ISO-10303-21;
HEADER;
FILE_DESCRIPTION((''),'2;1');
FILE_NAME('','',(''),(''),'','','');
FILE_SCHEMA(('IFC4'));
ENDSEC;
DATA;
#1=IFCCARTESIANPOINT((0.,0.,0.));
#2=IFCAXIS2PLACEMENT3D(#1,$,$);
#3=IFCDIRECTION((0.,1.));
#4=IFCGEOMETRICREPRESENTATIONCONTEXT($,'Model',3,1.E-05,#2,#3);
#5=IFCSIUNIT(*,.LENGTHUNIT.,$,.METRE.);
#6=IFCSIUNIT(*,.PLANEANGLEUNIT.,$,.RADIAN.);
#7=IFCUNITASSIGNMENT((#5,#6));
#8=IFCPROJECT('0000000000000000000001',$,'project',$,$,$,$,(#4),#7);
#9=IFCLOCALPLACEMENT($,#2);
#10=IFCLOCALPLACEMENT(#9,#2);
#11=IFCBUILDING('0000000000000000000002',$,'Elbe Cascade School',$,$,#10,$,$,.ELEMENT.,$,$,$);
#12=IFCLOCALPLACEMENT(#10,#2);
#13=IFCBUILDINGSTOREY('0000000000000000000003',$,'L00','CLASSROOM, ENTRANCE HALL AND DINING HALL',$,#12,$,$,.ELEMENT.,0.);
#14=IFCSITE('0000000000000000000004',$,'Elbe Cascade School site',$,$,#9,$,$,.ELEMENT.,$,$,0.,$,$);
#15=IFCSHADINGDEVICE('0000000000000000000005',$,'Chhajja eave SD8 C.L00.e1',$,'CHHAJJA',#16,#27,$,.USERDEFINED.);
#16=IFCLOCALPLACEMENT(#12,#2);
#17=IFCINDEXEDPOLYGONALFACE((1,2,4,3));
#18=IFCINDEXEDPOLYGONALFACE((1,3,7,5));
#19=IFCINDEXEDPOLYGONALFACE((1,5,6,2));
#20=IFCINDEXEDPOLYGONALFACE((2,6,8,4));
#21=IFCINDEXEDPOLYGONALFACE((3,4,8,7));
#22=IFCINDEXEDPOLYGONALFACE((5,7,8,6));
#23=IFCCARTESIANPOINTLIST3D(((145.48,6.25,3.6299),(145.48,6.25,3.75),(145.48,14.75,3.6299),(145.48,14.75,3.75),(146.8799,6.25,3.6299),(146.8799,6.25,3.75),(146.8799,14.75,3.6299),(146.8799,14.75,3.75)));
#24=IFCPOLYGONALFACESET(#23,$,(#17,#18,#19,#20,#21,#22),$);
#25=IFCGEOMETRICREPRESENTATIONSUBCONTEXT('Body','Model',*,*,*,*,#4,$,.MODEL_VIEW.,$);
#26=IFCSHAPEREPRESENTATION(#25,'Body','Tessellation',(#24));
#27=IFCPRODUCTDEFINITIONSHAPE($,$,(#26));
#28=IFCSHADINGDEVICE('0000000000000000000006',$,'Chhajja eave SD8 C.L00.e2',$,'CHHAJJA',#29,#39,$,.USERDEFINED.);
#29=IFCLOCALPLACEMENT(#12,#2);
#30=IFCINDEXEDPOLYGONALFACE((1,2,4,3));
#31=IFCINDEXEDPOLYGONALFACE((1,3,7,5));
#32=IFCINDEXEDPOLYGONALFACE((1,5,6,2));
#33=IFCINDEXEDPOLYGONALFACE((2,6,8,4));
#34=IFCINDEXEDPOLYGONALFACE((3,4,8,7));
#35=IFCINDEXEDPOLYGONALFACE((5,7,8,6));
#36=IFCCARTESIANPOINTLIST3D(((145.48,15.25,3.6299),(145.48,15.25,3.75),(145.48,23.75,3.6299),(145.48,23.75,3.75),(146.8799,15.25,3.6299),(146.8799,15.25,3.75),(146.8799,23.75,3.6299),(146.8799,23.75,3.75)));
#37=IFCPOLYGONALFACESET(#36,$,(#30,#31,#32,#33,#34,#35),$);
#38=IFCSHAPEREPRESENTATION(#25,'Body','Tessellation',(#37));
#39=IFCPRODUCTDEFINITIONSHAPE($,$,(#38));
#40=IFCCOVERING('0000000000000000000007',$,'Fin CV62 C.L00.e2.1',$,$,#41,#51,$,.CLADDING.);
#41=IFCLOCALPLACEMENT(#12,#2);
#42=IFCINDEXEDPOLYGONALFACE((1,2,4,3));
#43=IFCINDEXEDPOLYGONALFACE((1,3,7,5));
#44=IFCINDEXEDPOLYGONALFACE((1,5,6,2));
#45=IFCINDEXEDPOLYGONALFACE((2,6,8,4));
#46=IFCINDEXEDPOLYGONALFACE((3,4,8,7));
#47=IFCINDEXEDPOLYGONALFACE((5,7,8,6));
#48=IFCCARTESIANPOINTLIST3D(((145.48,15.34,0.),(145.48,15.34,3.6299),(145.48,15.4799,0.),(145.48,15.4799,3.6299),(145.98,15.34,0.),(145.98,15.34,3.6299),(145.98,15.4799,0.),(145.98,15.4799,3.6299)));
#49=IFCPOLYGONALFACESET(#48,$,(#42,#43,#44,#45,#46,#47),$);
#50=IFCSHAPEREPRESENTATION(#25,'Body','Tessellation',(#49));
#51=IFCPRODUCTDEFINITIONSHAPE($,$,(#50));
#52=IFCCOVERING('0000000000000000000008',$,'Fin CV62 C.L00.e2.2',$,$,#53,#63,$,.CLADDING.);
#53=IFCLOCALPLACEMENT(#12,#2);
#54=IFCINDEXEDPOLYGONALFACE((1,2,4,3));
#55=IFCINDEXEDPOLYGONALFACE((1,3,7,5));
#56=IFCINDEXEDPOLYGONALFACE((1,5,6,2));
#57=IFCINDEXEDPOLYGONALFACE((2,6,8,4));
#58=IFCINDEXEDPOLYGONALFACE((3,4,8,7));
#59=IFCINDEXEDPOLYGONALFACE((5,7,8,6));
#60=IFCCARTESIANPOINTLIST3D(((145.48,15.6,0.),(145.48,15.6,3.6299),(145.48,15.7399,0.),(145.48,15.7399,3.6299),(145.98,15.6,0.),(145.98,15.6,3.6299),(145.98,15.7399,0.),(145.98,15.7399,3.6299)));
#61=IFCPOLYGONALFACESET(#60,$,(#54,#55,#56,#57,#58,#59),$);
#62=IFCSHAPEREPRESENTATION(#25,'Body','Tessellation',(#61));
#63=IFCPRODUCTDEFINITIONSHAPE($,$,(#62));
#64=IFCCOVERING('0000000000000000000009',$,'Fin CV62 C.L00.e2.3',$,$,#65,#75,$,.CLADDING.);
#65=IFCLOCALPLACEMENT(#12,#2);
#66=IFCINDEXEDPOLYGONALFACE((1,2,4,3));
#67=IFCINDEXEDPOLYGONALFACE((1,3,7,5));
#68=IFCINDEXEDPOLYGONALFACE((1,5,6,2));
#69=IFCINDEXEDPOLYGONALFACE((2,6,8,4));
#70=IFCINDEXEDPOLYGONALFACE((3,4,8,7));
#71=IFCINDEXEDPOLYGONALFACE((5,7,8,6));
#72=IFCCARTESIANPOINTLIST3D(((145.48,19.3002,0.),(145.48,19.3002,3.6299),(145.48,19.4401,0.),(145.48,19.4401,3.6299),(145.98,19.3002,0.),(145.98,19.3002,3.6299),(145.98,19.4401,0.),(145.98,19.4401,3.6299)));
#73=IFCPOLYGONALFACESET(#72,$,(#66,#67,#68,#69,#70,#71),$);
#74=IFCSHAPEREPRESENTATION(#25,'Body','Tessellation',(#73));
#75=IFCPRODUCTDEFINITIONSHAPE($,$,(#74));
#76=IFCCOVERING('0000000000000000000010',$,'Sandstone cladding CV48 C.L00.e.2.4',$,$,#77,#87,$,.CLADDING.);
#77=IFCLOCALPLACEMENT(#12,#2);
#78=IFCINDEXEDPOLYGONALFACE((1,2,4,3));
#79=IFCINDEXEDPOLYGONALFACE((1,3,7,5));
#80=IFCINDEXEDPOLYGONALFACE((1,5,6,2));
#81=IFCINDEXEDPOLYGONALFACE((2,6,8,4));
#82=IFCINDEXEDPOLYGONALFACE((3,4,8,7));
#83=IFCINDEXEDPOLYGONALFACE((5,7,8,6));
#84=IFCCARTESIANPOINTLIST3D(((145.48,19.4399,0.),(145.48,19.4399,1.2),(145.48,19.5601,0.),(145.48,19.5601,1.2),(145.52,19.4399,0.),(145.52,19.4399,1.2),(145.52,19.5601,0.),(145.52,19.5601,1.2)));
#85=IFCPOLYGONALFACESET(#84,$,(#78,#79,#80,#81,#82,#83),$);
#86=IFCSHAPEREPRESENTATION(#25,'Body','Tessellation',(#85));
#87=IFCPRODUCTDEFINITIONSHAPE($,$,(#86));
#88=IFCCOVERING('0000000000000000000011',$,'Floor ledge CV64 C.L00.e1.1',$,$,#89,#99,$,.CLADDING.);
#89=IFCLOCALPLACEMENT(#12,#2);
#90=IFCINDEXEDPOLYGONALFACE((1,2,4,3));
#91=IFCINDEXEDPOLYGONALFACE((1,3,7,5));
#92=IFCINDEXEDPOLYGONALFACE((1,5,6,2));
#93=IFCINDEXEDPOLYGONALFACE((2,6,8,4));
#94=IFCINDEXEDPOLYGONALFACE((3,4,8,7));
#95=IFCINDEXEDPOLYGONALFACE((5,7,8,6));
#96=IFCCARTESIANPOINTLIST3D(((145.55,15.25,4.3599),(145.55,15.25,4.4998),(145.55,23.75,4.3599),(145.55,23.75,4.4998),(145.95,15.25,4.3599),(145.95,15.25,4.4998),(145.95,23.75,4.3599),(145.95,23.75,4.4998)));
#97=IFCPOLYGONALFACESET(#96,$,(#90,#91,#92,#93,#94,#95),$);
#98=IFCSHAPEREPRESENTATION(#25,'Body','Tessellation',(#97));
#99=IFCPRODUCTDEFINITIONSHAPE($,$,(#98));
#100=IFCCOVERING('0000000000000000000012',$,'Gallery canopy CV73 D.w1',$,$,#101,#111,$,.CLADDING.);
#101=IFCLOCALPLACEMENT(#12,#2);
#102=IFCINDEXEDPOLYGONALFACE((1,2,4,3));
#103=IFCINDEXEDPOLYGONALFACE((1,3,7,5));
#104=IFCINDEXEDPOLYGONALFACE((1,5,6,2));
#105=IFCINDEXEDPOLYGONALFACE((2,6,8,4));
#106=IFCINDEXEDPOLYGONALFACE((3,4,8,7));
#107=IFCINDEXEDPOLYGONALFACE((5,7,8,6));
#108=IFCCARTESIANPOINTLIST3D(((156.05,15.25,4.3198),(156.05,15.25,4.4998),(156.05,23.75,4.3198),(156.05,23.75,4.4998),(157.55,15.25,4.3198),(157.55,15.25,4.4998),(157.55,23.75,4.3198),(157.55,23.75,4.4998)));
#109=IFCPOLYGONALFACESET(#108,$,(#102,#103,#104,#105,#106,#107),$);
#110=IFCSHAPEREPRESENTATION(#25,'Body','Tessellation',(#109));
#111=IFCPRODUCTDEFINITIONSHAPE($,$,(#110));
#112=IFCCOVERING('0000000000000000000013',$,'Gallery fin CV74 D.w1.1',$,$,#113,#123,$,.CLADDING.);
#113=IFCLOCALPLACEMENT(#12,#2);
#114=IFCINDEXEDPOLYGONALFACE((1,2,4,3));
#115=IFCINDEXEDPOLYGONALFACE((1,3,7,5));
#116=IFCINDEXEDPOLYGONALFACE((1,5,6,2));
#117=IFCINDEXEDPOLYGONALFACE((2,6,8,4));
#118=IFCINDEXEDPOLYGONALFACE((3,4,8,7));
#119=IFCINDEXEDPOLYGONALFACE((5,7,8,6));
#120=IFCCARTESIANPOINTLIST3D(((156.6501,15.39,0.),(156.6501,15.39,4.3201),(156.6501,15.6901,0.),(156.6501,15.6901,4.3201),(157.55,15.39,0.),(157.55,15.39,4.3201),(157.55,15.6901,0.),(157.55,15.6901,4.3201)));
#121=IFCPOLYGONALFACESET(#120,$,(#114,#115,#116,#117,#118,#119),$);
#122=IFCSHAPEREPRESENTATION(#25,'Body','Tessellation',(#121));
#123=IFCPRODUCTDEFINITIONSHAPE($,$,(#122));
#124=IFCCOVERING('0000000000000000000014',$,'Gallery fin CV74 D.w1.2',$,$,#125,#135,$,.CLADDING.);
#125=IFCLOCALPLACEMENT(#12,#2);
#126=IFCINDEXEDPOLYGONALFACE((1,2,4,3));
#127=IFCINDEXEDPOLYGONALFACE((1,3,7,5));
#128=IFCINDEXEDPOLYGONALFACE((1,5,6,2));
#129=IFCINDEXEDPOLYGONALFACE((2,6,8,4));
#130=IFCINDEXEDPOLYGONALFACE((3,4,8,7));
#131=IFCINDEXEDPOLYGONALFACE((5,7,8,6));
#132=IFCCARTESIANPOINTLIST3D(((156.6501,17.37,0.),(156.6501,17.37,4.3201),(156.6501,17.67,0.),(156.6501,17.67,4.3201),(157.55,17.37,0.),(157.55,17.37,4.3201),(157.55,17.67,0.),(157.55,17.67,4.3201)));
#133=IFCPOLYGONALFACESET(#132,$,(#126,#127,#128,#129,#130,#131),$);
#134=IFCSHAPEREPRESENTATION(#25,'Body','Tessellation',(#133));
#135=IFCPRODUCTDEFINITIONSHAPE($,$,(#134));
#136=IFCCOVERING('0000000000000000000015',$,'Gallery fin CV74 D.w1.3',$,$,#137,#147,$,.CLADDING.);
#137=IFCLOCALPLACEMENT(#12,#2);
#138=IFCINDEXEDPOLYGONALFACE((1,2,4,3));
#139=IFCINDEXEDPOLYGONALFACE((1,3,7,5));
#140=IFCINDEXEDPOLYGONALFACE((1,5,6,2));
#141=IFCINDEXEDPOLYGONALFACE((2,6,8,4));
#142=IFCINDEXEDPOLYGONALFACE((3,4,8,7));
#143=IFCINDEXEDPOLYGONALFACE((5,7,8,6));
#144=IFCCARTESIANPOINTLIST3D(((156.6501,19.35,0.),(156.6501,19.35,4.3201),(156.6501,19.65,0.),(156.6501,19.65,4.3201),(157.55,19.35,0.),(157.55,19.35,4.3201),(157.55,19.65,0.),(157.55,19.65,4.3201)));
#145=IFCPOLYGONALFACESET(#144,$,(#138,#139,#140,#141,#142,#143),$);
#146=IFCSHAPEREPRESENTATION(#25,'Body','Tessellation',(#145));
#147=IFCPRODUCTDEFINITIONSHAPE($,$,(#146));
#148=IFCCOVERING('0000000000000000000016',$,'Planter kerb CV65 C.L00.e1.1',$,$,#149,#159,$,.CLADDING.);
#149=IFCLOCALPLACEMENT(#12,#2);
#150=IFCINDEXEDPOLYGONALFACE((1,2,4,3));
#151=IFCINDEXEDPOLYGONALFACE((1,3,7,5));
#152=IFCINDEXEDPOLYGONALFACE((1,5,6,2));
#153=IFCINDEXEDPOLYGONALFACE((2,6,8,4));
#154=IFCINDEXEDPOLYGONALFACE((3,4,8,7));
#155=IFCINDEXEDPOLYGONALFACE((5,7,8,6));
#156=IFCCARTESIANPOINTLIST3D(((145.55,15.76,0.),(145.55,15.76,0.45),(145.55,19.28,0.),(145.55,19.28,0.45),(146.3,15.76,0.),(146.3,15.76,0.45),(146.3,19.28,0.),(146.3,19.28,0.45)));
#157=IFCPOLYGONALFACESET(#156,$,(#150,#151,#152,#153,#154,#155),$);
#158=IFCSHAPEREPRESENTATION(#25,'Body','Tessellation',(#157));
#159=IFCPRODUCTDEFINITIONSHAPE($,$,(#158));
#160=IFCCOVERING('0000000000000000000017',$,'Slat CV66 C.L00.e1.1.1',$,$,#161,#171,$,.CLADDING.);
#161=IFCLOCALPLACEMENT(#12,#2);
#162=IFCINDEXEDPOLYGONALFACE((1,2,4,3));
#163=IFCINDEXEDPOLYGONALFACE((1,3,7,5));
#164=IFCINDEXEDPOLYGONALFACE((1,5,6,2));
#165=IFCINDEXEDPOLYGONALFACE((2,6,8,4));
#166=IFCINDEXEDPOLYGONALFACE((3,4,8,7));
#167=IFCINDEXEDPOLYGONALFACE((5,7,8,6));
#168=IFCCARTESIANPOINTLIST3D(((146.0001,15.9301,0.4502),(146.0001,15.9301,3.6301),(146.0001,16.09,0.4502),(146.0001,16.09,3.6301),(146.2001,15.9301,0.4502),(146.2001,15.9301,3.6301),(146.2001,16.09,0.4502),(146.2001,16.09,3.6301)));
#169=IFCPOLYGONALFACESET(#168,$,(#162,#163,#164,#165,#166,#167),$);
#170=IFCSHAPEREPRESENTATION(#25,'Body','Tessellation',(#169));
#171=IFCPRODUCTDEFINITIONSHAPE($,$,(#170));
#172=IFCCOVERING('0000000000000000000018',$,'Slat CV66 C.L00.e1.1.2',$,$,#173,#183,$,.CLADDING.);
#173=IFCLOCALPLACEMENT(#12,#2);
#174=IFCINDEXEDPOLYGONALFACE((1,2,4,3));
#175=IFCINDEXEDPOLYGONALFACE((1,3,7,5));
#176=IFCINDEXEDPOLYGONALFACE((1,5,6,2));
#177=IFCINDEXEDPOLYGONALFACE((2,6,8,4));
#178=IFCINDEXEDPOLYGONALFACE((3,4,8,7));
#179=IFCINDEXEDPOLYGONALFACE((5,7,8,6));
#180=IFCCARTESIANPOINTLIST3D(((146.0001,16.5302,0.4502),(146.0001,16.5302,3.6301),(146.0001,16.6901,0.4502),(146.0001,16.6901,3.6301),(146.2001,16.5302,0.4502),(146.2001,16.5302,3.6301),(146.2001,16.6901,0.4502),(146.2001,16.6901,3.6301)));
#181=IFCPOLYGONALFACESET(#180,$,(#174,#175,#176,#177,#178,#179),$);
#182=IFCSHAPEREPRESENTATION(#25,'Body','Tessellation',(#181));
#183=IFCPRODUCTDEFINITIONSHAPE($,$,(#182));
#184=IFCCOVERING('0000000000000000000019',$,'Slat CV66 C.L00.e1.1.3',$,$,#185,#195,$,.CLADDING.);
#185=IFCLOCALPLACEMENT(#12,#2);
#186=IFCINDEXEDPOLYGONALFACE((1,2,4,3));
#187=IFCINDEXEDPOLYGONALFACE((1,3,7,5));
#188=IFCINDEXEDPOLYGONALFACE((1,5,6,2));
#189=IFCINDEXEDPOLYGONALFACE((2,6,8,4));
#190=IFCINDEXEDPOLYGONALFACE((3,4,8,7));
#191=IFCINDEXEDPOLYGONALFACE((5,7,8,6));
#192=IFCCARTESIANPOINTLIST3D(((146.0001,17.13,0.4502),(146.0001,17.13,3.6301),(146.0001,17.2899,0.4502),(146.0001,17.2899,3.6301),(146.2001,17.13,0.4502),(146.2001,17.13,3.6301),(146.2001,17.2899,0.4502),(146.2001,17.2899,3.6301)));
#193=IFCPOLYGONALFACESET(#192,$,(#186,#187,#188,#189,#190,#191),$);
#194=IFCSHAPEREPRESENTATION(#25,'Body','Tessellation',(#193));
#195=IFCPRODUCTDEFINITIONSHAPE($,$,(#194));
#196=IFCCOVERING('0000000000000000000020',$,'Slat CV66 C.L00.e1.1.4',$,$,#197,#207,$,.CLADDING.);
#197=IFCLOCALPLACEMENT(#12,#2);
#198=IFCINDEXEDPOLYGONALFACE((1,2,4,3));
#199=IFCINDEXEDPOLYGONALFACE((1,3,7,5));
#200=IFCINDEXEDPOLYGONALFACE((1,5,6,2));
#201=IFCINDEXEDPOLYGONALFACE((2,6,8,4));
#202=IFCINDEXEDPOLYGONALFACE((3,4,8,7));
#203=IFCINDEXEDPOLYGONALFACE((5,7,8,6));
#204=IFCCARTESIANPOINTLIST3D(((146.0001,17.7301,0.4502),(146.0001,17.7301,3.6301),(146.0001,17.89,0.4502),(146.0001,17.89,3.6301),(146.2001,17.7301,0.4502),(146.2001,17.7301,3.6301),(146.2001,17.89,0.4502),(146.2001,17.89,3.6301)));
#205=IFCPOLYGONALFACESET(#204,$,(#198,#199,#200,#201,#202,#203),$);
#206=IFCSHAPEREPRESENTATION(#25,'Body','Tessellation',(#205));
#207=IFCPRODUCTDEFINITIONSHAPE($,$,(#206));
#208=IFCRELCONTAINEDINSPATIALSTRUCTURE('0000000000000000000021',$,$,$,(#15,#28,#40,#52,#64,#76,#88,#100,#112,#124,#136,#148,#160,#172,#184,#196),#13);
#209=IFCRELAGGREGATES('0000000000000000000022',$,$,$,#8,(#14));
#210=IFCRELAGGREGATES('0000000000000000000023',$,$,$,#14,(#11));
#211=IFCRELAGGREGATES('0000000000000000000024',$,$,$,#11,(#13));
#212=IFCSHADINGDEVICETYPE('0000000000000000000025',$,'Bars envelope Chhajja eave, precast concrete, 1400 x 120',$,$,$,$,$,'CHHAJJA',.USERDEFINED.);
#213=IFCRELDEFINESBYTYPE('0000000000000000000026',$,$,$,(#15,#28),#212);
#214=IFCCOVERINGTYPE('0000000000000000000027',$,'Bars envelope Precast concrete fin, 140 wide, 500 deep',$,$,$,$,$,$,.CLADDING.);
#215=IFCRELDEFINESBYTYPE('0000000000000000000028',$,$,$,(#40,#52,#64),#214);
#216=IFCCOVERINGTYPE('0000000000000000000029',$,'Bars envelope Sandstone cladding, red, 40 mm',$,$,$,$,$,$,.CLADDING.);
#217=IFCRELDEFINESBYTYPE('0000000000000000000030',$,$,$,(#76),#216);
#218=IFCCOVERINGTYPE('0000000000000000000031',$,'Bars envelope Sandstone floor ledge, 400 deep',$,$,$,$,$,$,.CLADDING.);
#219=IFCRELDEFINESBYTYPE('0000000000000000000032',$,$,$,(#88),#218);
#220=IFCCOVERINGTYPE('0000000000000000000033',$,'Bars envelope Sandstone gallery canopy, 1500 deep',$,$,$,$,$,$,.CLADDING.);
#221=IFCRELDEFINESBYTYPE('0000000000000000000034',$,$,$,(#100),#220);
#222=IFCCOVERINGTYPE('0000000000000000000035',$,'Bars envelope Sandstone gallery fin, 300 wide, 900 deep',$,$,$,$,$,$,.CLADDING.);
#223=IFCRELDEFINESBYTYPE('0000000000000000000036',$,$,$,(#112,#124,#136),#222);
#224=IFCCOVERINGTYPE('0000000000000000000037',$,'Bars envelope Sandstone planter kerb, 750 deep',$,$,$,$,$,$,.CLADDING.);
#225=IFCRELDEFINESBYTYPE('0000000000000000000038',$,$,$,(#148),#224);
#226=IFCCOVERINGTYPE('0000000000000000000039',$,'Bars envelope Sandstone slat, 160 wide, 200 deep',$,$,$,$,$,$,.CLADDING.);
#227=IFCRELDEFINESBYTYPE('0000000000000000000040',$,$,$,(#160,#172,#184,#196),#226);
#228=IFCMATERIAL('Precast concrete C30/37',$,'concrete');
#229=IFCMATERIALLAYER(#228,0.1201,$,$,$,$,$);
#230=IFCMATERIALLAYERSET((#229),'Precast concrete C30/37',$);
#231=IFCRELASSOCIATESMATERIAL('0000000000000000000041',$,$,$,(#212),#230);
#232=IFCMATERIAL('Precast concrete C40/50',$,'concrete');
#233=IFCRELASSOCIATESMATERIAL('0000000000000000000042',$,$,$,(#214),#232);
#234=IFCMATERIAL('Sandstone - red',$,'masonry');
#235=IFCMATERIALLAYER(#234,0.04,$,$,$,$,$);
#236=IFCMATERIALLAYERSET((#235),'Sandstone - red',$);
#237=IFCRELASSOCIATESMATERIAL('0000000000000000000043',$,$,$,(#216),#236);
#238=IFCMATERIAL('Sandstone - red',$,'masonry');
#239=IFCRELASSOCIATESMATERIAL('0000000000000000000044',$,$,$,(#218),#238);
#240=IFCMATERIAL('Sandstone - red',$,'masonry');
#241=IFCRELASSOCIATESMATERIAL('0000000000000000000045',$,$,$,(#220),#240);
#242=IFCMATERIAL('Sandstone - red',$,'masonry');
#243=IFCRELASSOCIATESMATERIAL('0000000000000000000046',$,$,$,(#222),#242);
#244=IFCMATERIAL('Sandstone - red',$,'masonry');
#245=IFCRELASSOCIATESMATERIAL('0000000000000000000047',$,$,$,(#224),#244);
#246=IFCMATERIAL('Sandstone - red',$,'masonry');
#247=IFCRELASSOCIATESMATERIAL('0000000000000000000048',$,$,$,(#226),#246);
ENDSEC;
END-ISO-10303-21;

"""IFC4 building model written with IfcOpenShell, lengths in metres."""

from ifc_helpers import new_model, si_unit, direction, frame, origin, origin_2d, place, context, subcontext, project, spatial, rectangle, extrude, material, layer, layer_set, type_object, element, save


model = new_model("IFC4")

# Units and contexts
model_context = context("Model", 3, precision=1e-05, world=origin(), true_north=direction((0.0, 1.0)))
body_context = subcontext(model_context, "Body", "Model", "MODEL_VIEW")
ifc_project = project(units=[si_unit("LENGTHUNIT", "METRE"), si_unit("PLANEANGLEUNIT", "RADIAN")], contexts=[model_context])

# Site, building, storey
site_placement = place(None, origin())
site = spatial("IfcSite", under=ifc_project, at=site_placement, Name="Elbe Cascade School site", CompositionType="ELEMENT", RefElevation=0.0)
building_placement = place(site_placement, origin())
building = spatial("IfcBuilding", under=site, at=building_placement, Name="Elbe Cascade School", CompositionType="ELEMENT")
storey_placement = place(building_placement, origin())
storey = spatial("IfcBuildingStorey", under=building, at=storey_placement, Name="L00", Description="CLASSROOM, ENTRANCE HALL AND DINING HALL", CompositionType="ELEMENT", Elevation=0.0)

# Shading devices
ifc_material_1 = material(Name="Precast concrete C30/37", Category="concrete")
ifc_layer_1 = layer(ifc_material_1, 0.1201)
ifc_layer_set_1 = layer_set([ifc_layer_1], Name="Precast concrete C30/37")
shading_device_type_1 = type_object("IfcShadingDeviceType", Name="Bars envelope Chhajja eave, precast concrete, 1400 x 120", ElementType="CHHAJJA", PredefinedType="USERDEFINED", material=ifc_layer_set_1)
for number, where, z_axis, x_axis, name in (
    (1, (146.1799, 10.5, 3.6299), (0.0, 0.0, 1.0), (0.0, 1.0, 0.0), "Chhajja eave SD8 C.L00.e1"),
    (2, (146.1799, 19.5, 3.6299), (0.0, 0.0, 1.0), (0.0, 1.0, 0.0), "Chhajja eave SD8 C.L00.e2"),
):
    element("IfcShadingDevice", number, at=place(storey_placement, frame(where, z_axis=z_axis, x_axis=x_axis)), inside=storey, type_object=shading_device_type_1, Name=name, ObjectType="CHHAJJA", PredefinedType="USERDEFINED", context=body_context, shape_type="SweptSolid", body=[
        extrude(rectangle(XDim=8.5, YDim=1.3999, at=origin_2d()), origin(), (0.0, 0.0, 1.0), 0.1201),
    ])

# Coverings
ifc_material_2 = material(Name="Precast concrete C40/50", Category="concrete")
covering_type_1 = type_object("IfcCoveringType", Name="Bars envelope Precast concrete fin, 140 wide, 500 deep", PredefinedType="CLADDING", material=ifc_material_2)
for number, where, z_axis, x_axis, name in (
    (3, (145.73, 15.4099, 0.0), (0.0, 0.0, 1.0), (0.0, 1.0, 0.0), "Fin CV62 C.L00.e2.1"),
    (4, (145.73, 15.6699, 0.0), (0.0, 0.0, 1.0), (0.0, 1.0, 0.0), "Fin CV62 C.L00.e2.2"),
    (5, (145.73, 19.3701, 0.0), (0.0, 0.0, 1.0), (0.0, 1.0, 0.0), "Fin CV62 C.L00.e2.3"),
):
    element("IfcCovering", number, at=place(storey_placement, frame(where, z_axis=z_axis, x_axis=x_axis)), inside=storey, type_object=covering_type_1, Name=name, PredefinedType="CLADDING", context=body_context, shape_type="SweptSolid", body=[
        extrude(rectangle(XDim=0.1399, YDim=0.5, at=origin_2d()), origin(), (0.0, 0.0, 1.0), 3.6299),
    ])
ifc_material_3 = material(Name="Sandstone - red", Category="masonry")
ifc_layer_2 = layer(ifc_material_3, 0.04)
ifc_layer_set_2 = layer_set([ifc_layer_2], Name="Sandstone - red")
covering_type_2 = type_object("IfcCoveringType", Name="Bars envelope Sandstone cladding, red, 40 mm", PredefinedType="CLADDING", material=ifc_layer_set_2)
covering_1_placement = place(storey_placement, frame((145.5, 19.5, 0.0), z_axis=(0.0, 0.0, 1.0), x_axis=(0.0, 1.0, 0.0)))
element("IfcCovering", 6, at=covering_1_placement, inside=storey, type_object=covering_type_2, Name="Sandstone cladding CV48 C.L00.e.2.4", PredefinedType="CLADDING", context=body_context, shape_type="SweptSolid", body=[
    extrude(rectangle(XDim=0.1201, YDim=0.04, at=origin_2d()), origin(), (0.0, 0.0, 1.0), 1.2),
])
ifc_material_4 = material(Name="Sandstone - red", Category="masonry")
covering_type_3 = type_object("IfcCoveringType", Name="Bars envelope Sandstone floor ledge, 400 deep", PredefinedType="CLADDING", material=ifc_material_4)
covering_2_placement = place(storey_placement, frame((145.75, 19.5, 4.3599), z_axis=(0.0, 0.0, 1.0), x_axis=(0.0, 1.0, 0.0)))
element("IfcCovering", 7, at=covering_2_placement, inside=storey, type_object=covering_type_3, Name="Floor ledge CV64 C.L00.e1.1", PredefinedType="CLADDING", context=body_context, shape_type="SweptSolid", body=[
    extrude(rectangle(XDim=8.5, YDim=0.3999, at=origin_2d()), origin(), (0.0, 0.0, 1.0), 0.1399),
])
ifc_material_5 = material(Name="Sandstone - red", Category="masonry")
covering_type_4 = type_object("IfcCoveringType", Name="Bars envelope Sandstone gallery canopy, 1500 deep", PredefinedType="CLADDING", material=ifc_material_5)
covering_3_placement = place(storey_placement, frame((156.8, 19.5, 4.3198), z_axis=(0.0, 0.0, 1.0), x_axis=(0.0, 1.0, 0.0)))
element("IfcCovering", 8, at=covering_3_placement, inside=storey, type_object=covering_type_4, Name="Gallery canopy CV73 D.w1", PredefinedType="CLADDING", context=body_context, shape_type="SweptSolid", body=[
    extrude(rectangle(XDim=8.5, YDim=1.5, at=origin_2d()), origin(), (0.0, 0.0, 1.0), 0.1799),
])
ifc_material_6 = material(Name="Sandstone - red", Category="masonry")
covering_type_5 = type_object("IfcCoveringType", Name="Bars envelope Sandstone gallery fin, 300 wide, 900 deep", PredefinedType="CLADDING", material=ifc_material_6)
for number, where, z_axis, x_axis, name in (
    (9, (157.1001, 15.54, 0.0), (0.0, 0.0, 1.0), (0.0, 1.0, 0.0), "Gallery fin CV74 D.w1.1"),
    (10, (157.1001, 17.52, 0.0), (0.0, 0.0, 1.0), (0.0, 1.0, 0.0), "Gallery fin CV74 D.w1.2"),
    (11, (157.1001, 19.5, 0.0), (0.0, 0.0, 1.0), (0.0, 1.0, 0.0), "Gallery fin CV74 D.w1.3"),
):
    element("IfcCovering", number, at=place(storey_placement, frame(where, z_axis=z_axis, x_axis=x_axis)), inside=storey, type_object=covering_type_5, Name=name, PredefinedType="CLADDING", context=body_context, shape_type="SweptSolid", body=[
        extrude(rectangle(XDim=0.3, YDim=0.8999, at=origin_2d()), origin(), (0.0, 0.0, 1.0), 4.3201),
    ])
ifc_material_7 = material(Name="Sandstone - red", Category="masonry")
covering_type_6 = type_object("IfcCoveringType", Name="Bars envelope Sandstone planter kerb, 750 deep", PredefinedType="CLADDING", material=ifc_material_7)
covering_4_placement = place(storey_placement, frame((145.925, 17.52, 0.0), z_axis=(0.0, 0.0, 1.0), x_axis=(0.0, 1.0, 0.0)))
element("IfcCovering", 12, at=covering_4_placement, inside=storey, type_object=covering_type_6, Name="Planter kerb CV65 C.L00.e1.1", PredefinedType="CLADDING", context=body_context, shape_type="SweptSolid", body=[
    extrude(rectangle(XDim=3.52, YDim=0.75, at=origin_2d()), origin(), (0.0, 0.0, 1.0), 0.45),
])
ifc_material_8 = material(Name="Sandstone - red", Category="masonry")
covering_type_7 = type_object("IfcCoveringType", Name="Bars envelope Sandstone slat, 160 wide, 200 deep", PredefinedType="CLADDING", material=ifc_material_8)
for number, where, z_axis, x_axis, name in (
    (13, (146.1001, 16.01, 0.4502), (0.0, 0.0, 1.0), (0.0, 1.0, 0.0), "Slat CV66 C.L00.e1.1.1"),
    (14, (146.1001, 16.6101, 0.4502), (0.0, 0.0, 1.0), (0.0, 1.0, 0.0), "Slat CV66 C.L00.e1.1.2"),
    (15, (146.1001, 17.21, 0.4502), (0.0, 0.0, 1.0), (0.0, 1.0, 0.0), "Slat CV66 C.L00.e1.1.3"),
    (16, (146.1001, 17.8101, 0.4502), (0.0, 0.0, 1.0), (0.0, 1.0, 0.0), "Slat CV66 C.L00.e1.1.4"),
):
    element("IfcCovering", number, at=place(storey_placement, frame(where, z_axis=z_axis, x_axis=x_axis)), inside=storey, type_object=covering_type_7, Name=name, PredefinedType="CLADDING", context=body_context, shape_type="SweptSolid", body=[
        extrude(rectangle(XDim=0.1599, YDim=0.2, at=origin_2d()), origin(), (0.0, 0.0, 1.0), 3.1799),
    ])

save(model, "model.ifc")
